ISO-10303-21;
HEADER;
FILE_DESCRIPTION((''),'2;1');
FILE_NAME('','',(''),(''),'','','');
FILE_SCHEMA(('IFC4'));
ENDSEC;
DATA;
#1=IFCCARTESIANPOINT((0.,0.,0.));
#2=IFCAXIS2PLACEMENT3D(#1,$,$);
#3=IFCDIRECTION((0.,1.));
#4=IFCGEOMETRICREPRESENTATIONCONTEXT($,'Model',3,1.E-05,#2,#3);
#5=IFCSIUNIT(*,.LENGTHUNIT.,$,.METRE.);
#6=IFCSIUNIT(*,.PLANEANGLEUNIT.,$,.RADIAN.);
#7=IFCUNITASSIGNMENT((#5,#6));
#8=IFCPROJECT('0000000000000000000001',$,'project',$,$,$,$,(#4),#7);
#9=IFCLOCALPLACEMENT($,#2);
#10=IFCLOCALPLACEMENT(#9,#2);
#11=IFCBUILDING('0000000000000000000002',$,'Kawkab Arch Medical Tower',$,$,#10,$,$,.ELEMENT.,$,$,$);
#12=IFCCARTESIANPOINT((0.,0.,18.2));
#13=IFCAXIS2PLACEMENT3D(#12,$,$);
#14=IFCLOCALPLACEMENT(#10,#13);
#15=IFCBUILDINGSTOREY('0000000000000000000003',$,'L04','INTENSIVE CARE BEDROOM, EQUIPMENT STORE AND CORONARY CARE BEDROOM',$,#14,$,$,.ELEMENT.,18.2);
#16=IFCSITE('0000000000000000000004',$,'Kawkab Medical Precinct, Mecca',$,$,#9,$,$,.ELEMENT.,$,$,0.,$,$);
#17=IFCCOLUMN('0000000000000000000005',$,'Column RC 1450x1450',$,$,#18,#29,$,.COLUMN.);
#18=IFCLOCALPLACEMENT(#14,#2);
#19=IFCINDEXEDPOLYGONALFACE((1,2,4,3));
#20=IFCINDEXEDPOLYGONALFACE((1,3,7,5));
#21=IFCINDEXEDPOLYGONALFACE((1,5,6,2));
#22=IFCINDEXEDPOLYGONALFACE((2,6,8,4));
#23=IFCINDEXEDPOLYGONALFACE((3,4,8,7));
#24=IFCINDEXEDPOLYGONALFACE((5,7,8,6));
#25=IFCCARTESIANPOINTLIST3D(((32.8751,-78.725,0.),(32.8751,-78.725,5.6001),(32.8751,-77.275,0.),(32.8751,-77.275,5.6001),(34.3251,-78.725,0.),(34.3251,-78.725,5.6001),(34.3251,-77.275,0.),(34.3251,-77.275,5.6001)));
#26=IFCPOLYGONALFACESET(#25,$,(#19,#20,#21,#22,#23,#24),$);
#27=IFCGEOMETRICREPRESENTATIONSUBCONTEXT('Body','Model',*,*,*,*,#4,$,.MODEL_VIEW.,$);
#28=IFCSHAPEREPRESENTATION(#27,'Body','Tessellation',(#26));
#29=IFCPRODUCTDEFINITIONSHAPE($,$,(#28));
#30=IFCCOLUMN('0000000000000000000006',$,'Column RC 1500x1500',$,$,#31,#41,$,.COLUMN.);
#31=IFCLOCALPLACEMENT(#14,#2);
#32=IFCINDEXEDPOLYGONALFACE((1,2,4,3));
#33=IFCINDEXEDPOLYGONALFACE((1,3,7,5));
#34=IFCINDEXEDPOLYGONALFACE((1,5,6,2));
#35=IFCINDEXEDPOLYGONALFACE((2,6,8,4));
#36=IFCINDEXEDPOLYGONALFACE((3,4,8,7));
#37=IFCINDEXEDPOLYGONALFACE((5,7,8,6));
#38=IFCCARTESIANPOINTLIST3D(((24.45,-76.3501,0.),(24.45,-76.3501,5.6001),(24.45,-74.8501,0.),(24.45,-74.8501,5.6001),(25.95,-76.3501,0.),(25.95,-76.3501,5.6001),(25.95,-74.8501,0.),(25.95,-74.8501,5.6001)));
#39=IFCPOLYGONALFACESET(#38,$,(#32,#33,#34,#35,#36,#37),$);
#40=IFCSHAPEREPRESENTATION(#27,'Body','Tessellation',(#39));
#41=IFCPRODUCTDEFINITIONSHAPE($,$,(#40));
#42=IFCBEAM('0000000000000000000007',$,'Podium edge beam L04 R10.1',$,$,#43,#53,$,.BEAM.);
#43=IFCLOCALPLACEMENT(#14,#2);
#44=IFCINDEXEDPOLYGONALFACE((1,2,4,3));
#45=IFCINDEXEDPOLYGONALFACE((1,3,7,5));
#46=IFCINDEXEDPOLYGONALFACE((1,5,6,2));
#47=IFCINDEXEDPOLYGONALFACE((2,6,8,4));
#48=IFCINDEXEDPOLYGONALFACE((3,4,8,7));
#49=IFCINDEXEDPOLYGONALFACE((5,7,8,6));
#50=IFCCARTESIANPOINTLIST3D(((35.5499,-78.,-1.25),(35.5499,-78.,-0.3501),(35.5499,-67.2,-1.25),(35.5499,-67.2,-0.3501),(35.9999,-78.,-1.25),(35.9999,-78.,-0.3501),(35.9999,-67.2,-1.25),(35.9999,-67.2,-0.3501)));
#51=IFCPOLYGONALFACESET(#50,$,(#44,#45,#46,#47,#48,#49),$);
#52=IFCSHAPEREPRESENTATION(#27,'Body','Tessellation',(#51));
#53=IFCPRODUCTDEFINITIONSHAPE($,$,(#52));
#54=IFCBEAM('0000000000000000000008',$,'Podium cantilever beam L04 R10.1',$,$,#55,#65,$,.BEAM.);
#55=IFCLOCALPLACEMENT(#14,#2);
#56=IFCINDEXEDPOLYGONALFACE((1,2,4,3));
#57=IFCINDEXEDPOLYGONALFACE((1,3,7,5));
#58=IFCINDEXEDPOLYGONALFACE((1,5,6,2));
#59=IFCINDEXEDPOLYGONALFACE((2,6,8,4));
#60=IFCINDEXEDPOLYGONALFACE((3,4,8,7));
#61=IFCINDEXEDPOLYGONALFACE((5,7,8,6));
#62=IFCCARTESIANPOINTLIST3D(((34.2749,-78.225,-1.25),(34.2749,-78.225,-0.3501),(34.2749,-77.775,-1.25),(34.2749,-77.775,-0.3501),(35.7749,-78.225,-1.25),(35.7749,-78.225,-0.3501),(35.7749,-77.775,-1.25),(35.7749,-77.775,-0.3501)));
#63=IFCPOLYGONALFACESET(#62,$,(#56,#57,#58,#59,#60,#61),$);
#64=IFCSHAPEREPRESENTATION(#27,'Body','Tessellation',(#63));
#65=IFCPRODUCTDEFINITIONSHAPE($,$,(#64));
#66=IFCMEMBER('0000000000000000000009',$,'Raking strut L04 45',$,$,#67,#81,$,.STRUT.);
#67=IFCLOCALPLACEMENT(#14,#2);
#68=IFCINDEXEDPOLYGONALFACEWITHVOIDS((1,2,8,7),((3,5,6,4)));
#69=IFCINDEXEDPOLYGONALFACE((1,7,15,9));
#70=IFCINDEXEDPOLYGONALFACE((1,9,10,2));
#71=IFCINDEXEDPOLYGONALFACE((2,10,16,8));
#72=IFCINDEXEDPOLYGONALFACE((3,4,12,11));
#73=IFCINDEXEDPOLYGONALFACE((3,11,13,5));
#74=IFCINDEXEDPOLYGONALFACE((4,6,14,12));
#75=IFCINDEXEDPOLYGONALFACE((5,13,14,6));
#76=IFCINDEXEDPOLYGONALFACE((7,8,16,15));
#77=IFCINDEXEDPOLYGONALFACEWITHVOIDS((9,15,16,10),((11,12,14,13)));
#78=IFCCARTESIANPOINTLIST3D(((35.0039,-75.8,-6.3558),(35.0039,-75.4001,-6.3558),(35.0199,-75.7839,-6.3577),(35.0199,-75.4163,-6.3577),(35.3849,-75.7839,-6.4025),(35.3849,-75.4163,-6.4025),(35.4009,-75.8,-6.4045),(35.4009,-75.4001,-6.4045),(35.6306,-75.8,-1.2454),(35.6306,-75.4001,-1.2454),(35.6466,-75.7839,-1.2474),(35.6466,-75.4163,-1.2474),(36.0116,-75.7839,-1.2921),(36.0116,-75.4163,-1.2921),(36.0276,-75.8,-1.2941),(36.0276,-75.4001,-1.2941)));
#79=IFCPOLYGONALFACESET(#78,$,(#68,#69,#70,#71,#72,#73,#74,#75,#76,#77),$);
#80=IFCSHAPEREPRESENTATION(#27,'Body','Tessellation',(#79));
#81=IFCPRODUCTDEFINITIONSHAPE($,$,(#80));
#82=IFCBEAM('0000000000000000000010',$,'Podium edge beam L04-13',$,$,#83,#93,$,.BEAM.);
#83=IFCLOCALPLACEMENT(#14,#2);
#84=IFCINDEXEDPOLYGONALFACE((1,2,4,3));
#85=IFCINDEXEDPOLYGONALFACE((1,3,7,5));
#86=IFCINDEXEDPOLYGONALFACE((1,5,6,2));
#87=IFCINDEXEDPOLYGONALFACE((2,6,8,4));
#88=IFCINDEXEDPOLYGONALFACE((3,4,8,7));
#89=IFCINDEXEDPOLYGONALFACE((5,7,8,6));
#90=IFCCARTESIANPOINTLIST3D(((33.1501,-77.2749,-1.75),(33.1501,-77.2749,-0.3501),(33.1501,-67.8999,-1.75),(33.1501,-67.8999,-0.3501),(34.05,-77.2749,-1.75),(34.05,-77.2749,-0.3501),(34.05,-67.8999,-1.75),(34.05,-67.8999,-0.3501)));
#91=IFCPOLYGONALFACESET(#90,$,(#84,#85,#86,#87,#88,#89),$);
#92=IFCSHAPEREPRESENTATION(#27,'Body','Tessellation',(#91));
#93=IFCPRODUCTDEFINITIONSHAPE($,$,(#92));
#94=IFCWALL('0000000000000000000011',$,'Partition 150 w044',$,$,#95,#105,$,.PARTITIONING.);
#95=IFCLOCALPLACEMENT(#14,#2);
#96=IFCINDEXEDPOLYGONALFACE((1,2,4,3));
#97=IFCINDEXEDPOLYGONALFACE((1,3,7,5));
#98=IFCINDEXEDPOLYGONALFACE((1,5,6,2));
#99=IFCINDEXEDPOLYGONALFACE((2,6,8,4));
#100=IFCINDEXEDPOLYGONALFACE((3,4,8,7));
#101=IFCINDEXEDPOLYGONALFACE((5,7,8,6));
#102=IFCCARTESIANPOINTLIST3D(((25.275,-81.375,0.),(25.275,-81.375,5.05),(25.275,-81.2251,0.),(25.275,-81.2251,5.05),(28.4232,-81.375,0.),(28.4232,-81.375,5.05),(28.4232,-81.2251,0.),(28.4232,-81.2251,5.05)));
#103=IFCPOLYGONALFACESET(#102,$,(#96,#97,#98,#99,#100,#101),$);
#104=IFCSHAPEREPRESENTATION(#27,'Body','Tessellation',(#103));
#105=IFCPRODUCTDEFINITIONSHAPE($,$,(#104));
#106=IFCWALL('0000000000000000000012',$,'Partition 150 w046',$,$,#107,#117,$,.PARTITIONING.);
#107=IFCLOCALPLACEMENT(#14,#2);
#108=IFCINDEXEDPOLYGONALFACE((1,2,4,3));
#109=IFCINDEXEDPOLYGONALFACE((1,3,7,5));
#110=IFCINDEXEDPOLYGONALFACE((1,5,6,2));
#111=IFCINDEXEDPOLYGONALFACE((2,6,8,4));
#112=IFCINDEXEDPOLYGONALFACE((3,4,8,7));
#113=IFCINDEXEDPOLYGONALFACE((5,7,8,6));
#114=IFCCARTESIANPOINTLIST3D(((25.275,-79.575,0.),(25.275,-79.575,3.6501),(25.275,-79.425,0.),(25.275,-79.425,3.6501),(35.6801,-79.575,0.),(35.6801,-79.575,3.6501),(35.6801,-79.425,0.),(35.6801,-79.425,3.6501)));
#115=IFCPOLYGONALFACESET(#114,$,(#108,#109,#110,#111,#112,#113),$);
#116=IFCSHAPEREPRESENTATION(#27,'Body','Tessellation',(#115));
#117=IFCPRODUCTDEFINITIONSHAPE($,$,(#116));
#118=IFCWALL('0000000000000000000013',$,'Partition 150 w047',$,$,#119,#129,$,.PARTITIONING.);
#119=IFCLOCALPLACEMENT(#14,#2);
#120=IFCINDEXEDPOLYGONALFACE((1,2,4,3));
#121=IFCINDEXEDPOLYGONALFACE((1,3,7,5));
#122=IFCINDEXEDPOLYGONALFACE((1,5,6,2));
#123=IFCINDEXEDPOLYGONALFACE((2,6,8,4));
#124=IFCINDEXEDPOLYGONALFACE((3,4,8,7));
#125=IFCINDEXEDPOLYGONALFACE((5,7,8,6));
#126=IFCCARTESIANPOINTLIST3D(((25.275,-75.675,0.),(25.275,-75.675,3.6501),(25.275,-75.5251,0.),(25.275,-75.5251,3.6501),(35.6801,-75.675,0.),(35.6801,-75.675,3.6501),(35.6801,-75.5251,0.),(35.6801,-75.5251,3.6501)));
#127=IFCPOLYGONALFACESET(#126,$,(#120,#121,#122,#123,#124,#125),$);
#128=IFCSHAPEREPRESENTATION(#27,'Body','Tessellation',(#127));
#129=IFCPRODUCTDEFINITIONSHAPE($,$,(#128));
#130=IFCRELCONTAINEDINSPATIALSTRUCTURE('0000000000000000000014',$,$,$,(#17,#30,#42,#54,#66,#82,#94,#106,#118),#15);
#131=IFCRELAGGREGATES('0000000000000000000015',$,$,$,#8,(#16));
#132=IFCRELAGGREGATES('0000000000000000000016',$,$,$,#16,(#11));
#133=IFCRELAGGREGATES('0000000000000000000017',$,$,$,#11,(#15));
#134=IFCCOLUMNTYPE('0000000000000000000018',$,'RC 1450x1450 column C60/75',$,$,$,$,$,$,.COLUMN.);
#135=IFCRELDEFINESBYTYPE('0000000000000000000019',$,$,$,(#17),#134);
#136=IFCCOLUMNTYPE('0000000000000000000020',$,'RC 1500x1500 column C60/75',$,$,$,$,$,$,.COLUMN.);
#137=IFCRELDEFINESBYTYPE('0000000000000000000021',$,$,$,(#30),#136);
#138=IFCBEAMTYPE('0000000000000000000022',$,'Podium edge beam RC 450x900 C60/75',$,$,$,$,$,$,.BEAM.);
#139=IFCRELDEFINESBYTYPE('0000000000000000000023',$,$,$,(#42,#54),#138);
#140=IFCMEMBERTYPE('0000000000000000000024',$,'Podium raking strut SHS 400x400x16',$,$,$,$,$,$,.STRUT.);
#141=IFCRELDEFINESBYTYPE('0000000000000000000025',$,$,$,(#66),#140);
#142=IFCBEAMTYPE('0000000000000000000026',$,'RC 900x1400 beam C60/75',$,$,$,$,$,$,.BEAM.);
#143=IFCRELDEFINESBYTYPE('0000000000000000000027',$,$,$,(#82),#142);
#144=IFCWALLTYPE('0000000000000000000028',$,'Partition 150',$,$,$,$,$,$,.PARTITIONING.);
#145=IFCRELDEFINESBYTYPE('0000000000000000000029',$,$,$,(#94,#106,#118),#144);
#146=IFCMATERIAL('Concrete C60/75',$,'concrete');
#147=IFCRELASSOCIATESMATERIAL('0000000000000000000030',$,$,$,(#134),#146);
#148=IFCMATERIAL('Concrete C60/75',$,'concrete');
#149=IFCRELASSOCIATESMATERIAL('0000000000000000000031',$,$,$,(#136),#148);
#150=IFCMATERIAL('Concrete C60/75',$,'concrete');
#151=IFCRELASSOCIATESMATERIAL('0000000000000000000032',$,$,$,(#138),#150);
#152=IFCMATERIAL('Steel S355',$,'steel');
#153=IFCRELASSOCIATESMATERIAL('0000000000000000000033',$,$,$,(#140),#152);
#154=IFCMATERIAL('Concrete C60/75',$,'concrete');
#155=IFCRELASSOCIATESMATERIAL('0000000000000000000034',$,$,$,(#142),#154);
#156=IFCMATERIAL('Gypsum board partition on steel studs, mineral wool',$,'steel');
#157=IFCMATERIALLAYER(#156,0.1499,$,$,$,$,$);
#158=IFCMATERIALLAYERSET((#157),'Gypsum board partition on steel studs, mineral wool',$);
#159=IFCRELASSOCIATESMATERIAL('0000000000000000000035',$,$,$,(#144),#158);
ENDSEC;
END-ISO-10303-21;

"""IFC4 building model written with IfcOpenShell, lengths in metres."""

from ifc_helpers import new_model, si_unit, direction, frame, frame_2d, origin, origin_2d, place, context, subcontext, project, spatial, rectangle, hollow_rectangle, extrude, material, layer, layer_set, material_profile, profile_set, type_object, element, save


model = new_model("IFC4")

# Units and contexts
model_context = context("Model", 3, precision=1e-05, world=origin(), true_north=direction((0.0, 1.0)))
body_context = subcontext(model_context, "Body", "Model", "MODEL_VIEW")
ifc_project = project(units=[si_unit("LENGTHUNIT", "METRE"), si_unit("PLANEANGLEUNIT", "RADIAN")], contexts=[model_context])

# Site, building, storey
site_placement = place(None, origin())
site = spatial("IfcSite", under=ifc_project, at=site_placement, Name="Kawkab Medical Precinct, Mecca", CompositionType="ELEMENT", RefElevation=0.0)
building_placement = place(site_placement, origin())
building = spatial("IfcBuilding", under=site, at=building_placement, Name="Kawkab Arch Medical Tower", CompositionType="ELEMENT")
storey_placement = place(building_placement, frame((0.0, 0.0, 18.2)))
storey = spatial("IfcBuildingStorey", under=building, at=storey_placement, Name="L04", Description="INTENSIVE CARE BEDROOM, EQUIPMENT STORE AND CORONARY CARE BEDROOM", CompositionType="ELEMENT", Elevation=18.2)

# Columns
ifc_material_1 = material(Name="Concrete C60/75", Category="concrete")
ifc_material_profile_1 = material_profile(ifc_material_1, rectangle(XDim=1.45, YDim=1.45, at=origin_2d()), Name="RC 1450x1450")
ifc_profile_set_1 = profile_set([ifc_material_profile_1], Name="Concrete C60/75")
column_type_1 = type_object("IfcColumnType", Name="RC 1450x1450 column C60/75", PredefinedType="COLUMN", material=ifc_profile_set_1)
column_1_placement = place(storey_placement, frame((33.6001, -78.0, 0.0), z_axis=(0.0, 0.0, 1.0), x_axis=(1.0, 0.0, 0.0)))
element("IfcColumn", 1, at=column_1_placement, inside=storey, type_object=column_type_1, Name="Column RC 1450x1450", PredefinedType="COLUMN", context=body_context, shape_type="SweptSolid", body=[
    extrude(rectangle(XDim=1.45, YDim=1.45, at=origin_2d()), origin(), (0.0, 0.0, 1.0), 5.6001),
])
ifc_material_2 = material(Name="Concrete C60/75", Category="concrete")
ifc_material_profile_2 = material_profile(ifc_material_2, rectangle(XDim=1.5, YDim=1.5, at=origin_2d()), Name="RC 1500x1500")
ifc_profile_set_2 = profile_set([ifc_material_profile_2], Name="Concrete C60/75")
column_type_2 = type_object("IfcColumnType", Name="RC 1500x1500 column C60/75", PredefinedType="COLUMN", material=ifc_profile_set_2)
column_2_placement = place(storey_placement, frame((25.2, -75.6001, 0.0), z_axis=(0.0, 0.0, 1.0), x_axis=(1.0, 0.0, 0.0)))
element("IfcColumn", 2, at=column_2_placement, inside=storey, type_object=column_type_2, Name="Column RC 1500x1500", PredefinedType="COLUMN", context=body_context, shape_type="SweptSolid", body=[
    extrude(rectangle(XDim=1.5, YDim=1.5, at=origin_2d()), origin(), (0.0, 0.0, 1.0), 5.6001),
])

# Beams
ifc_material_3 = material(Name="Concrete C60/75", Category="concrete")
ifc_material_profile_3 = material_profile(ifc_material_3, rectangle(XDim=0.45, YDim=0.8999, at=origin_2d()), Name="RC 450x900")
ifc_profile_set_3 = profile_set([ifc_material_profile_3], Name="Concrete C60/75")
beam_type_1 = type_object("IfcBeamType", Name="Podium edge beam RC 450x900 C60/75", PredefinedType="BEAM", material=ifc_profile_set_3)
beam_1_placement = place(storey_placement, frame((35.7749, -78.0, -0.8), z_axis=(0.0, 1.0, 0.0), x_axis=(-1.0, 0.0, 0.0)))
element("IfcBeam", 3, at=beam_1_placement, inside=storey, type_object=beam_type_1, Name="Podium edge beam L04 R10.1", PredefinedType="BEAM", context=body_context, shape_type="SweptSolid", body=[
    extrude(rectangle(XDim=0.45, YDim=0.8999, at=origin_2d()), origin(), (0.0, 0.0, 1.0), 10.8),
])
beam_2_placement = place(storey_placement, frame((34.2749, -78.0, -0.8), z_axis=(1.0, 0.0, 0.0), x_axis=(0.0, 1.0, 0.0)))
element("IfcBeam", 4, at=beam_2_placement, inside=storey, type_object=beam_type_1, Name="Podium cantilever beam L04 R10.1", PredefinedType="BEAM", context=body_context, shape_type="SweptSolid", body=[
    extrude(rectangle(XDim=0.45, YDim=0.8999, at=origin_2d()), origin(), (0.0, 0.0, 1.0), 1.5),
])

# Member
ifc_material_4 = material(Name="Steel S355", Category="steel")
ifc_material_profile_4 = material_profile(ifc_material_4, hollow_rectangle(XDim=0.3999, YDim=0.3999, WallThickness=0.0161, at=origin_2d()), Name="SHS 400x400x16")
ifc_profile_set_4 = profile_set([ifc_material_profile_4], Name="Steel S355")
member_type = type_object("IfcMemberType", Name="Podium raking strut SHS 400x400x16", PredefinedType="STRUT", material=ifc_profile_set_4)
member_placement = place(storey_placement, frame((35.2024, -75.6001, -6.3801), z_axis=(0.121723, 0.0, 0.992564), x_axis=(0.0, 1.0, 0.0)))
element("IfcMember", 5, at=member_placement, inside=storey, type_object=member_type, Name="Raking strut L04 45", PredefinedType="STRUT", context=body_context, shape_type="SweptSolid", body=[
    extrude(hollow_rectangle(XDim=0.3999, YDim=0.3999, WallThickness=0.0161, at=origin_2d()), origin(), (0.0, 0.0, 1.0), 5.1487),
])

# Beam
ifc_material_5 = material(Name="Concrete C60/75", Category="concrete")
ifc_material_profile_5 = material_profile(ifc_material_5, rectangle(XDim=0.8999, YDim=1.3999, at=origin_2d()), Name="RC 900x1400")
ifc_profile_set_5 = profile_set([ifc_material_profile_5], Name="Concrete C60/75")
beam_type_2 = type_object("IfcBeamType", Name="RC 900x1400 beam C60/75", PredefinedType="BEAM", material=ifc_profile_set_5)
beam_3_placement = place(storey_placement, frame((33.6001, -77.2749, -1.05), z_axis=(0.0, 1.0, 0.0), x_axis=(-1.0, 0.0, 0.0)))
element("IfcBeam", 6, at=beam_3_placement, inside=storey, type_object=beam_type_2, Name="Podium edge beam L04-13", PredefinedType="BEAM", context=body_context, shape_type="SweptSolid", body=[
    extrude(rectangle(XDim=0.8999, YDim=1.3999, at=origin_2d()), origin(), (0.0, 0.0, 1.0), 9.375),
])

# Walls
ifc_material_6 = material(Name="Gypsum board partition on steel studs, mineral wool", Category="steel")
ifc_layer = layer(ifc_material_6, 0.1499)
ifc_layer_set = layer_set([ifc_layer], Name="Gypsum board partition on steel studs, mineral wool")
wall_type = type_object("IfcWallType", Name="Partition 150", PredefinedType="PARTITIONING", material=ifc_layer_set)
wall_placement = place(storey_placement, frame((25.2749, -81.3, 0.0), z_axis=(0.0, 0.0, 1.0), x_axis=(1.0, 0.0, 0.0)))
element("IfcWall", 7, at=wall_placement, inside=storey, type_object=wall_type, Name="Partition 150 w044", PredefinedType="PARTITIONING", context=body_context, shape_type="SweptSolid", body=[
    extrude(rectangle(XDim=3.1482, YDim=0.1499, at=frame_2d((1.5742, 0.0))), origin(), (0.0, 0.0, 1.0), 5.05),
])
for number, where, z_axis, x_axis, name in (
    (8, (25.2749, -79.5, 0.0), (0.0, 0.0, 1.0), (1.0, 0.0, 0.0), "Partition 150 w046"),
    (9, (25.2749, -75.6001, 0.0), (0.0, 0.0, 1.0), (1.0, 0.0, 0.0), "Partition 150 w047"),
):
    element("IfcWall", number, at=place(storey_placement, frame(where, z_axis=z_axis, x_axis=x_axis)), inside=storey, type_object=wall_type, Name=name, PredefinedType="PARTITIONING", context=body_context, shape_type="SweptSolid", body=[
        extrude(rectangle(XDim=10.405, YDim=0.1499, at=frame_2d((5.2026, 0.0))), origin(), (0.0, 0.0, 1.0), 3.6501),
    ])

save(model, "model.ifc")
